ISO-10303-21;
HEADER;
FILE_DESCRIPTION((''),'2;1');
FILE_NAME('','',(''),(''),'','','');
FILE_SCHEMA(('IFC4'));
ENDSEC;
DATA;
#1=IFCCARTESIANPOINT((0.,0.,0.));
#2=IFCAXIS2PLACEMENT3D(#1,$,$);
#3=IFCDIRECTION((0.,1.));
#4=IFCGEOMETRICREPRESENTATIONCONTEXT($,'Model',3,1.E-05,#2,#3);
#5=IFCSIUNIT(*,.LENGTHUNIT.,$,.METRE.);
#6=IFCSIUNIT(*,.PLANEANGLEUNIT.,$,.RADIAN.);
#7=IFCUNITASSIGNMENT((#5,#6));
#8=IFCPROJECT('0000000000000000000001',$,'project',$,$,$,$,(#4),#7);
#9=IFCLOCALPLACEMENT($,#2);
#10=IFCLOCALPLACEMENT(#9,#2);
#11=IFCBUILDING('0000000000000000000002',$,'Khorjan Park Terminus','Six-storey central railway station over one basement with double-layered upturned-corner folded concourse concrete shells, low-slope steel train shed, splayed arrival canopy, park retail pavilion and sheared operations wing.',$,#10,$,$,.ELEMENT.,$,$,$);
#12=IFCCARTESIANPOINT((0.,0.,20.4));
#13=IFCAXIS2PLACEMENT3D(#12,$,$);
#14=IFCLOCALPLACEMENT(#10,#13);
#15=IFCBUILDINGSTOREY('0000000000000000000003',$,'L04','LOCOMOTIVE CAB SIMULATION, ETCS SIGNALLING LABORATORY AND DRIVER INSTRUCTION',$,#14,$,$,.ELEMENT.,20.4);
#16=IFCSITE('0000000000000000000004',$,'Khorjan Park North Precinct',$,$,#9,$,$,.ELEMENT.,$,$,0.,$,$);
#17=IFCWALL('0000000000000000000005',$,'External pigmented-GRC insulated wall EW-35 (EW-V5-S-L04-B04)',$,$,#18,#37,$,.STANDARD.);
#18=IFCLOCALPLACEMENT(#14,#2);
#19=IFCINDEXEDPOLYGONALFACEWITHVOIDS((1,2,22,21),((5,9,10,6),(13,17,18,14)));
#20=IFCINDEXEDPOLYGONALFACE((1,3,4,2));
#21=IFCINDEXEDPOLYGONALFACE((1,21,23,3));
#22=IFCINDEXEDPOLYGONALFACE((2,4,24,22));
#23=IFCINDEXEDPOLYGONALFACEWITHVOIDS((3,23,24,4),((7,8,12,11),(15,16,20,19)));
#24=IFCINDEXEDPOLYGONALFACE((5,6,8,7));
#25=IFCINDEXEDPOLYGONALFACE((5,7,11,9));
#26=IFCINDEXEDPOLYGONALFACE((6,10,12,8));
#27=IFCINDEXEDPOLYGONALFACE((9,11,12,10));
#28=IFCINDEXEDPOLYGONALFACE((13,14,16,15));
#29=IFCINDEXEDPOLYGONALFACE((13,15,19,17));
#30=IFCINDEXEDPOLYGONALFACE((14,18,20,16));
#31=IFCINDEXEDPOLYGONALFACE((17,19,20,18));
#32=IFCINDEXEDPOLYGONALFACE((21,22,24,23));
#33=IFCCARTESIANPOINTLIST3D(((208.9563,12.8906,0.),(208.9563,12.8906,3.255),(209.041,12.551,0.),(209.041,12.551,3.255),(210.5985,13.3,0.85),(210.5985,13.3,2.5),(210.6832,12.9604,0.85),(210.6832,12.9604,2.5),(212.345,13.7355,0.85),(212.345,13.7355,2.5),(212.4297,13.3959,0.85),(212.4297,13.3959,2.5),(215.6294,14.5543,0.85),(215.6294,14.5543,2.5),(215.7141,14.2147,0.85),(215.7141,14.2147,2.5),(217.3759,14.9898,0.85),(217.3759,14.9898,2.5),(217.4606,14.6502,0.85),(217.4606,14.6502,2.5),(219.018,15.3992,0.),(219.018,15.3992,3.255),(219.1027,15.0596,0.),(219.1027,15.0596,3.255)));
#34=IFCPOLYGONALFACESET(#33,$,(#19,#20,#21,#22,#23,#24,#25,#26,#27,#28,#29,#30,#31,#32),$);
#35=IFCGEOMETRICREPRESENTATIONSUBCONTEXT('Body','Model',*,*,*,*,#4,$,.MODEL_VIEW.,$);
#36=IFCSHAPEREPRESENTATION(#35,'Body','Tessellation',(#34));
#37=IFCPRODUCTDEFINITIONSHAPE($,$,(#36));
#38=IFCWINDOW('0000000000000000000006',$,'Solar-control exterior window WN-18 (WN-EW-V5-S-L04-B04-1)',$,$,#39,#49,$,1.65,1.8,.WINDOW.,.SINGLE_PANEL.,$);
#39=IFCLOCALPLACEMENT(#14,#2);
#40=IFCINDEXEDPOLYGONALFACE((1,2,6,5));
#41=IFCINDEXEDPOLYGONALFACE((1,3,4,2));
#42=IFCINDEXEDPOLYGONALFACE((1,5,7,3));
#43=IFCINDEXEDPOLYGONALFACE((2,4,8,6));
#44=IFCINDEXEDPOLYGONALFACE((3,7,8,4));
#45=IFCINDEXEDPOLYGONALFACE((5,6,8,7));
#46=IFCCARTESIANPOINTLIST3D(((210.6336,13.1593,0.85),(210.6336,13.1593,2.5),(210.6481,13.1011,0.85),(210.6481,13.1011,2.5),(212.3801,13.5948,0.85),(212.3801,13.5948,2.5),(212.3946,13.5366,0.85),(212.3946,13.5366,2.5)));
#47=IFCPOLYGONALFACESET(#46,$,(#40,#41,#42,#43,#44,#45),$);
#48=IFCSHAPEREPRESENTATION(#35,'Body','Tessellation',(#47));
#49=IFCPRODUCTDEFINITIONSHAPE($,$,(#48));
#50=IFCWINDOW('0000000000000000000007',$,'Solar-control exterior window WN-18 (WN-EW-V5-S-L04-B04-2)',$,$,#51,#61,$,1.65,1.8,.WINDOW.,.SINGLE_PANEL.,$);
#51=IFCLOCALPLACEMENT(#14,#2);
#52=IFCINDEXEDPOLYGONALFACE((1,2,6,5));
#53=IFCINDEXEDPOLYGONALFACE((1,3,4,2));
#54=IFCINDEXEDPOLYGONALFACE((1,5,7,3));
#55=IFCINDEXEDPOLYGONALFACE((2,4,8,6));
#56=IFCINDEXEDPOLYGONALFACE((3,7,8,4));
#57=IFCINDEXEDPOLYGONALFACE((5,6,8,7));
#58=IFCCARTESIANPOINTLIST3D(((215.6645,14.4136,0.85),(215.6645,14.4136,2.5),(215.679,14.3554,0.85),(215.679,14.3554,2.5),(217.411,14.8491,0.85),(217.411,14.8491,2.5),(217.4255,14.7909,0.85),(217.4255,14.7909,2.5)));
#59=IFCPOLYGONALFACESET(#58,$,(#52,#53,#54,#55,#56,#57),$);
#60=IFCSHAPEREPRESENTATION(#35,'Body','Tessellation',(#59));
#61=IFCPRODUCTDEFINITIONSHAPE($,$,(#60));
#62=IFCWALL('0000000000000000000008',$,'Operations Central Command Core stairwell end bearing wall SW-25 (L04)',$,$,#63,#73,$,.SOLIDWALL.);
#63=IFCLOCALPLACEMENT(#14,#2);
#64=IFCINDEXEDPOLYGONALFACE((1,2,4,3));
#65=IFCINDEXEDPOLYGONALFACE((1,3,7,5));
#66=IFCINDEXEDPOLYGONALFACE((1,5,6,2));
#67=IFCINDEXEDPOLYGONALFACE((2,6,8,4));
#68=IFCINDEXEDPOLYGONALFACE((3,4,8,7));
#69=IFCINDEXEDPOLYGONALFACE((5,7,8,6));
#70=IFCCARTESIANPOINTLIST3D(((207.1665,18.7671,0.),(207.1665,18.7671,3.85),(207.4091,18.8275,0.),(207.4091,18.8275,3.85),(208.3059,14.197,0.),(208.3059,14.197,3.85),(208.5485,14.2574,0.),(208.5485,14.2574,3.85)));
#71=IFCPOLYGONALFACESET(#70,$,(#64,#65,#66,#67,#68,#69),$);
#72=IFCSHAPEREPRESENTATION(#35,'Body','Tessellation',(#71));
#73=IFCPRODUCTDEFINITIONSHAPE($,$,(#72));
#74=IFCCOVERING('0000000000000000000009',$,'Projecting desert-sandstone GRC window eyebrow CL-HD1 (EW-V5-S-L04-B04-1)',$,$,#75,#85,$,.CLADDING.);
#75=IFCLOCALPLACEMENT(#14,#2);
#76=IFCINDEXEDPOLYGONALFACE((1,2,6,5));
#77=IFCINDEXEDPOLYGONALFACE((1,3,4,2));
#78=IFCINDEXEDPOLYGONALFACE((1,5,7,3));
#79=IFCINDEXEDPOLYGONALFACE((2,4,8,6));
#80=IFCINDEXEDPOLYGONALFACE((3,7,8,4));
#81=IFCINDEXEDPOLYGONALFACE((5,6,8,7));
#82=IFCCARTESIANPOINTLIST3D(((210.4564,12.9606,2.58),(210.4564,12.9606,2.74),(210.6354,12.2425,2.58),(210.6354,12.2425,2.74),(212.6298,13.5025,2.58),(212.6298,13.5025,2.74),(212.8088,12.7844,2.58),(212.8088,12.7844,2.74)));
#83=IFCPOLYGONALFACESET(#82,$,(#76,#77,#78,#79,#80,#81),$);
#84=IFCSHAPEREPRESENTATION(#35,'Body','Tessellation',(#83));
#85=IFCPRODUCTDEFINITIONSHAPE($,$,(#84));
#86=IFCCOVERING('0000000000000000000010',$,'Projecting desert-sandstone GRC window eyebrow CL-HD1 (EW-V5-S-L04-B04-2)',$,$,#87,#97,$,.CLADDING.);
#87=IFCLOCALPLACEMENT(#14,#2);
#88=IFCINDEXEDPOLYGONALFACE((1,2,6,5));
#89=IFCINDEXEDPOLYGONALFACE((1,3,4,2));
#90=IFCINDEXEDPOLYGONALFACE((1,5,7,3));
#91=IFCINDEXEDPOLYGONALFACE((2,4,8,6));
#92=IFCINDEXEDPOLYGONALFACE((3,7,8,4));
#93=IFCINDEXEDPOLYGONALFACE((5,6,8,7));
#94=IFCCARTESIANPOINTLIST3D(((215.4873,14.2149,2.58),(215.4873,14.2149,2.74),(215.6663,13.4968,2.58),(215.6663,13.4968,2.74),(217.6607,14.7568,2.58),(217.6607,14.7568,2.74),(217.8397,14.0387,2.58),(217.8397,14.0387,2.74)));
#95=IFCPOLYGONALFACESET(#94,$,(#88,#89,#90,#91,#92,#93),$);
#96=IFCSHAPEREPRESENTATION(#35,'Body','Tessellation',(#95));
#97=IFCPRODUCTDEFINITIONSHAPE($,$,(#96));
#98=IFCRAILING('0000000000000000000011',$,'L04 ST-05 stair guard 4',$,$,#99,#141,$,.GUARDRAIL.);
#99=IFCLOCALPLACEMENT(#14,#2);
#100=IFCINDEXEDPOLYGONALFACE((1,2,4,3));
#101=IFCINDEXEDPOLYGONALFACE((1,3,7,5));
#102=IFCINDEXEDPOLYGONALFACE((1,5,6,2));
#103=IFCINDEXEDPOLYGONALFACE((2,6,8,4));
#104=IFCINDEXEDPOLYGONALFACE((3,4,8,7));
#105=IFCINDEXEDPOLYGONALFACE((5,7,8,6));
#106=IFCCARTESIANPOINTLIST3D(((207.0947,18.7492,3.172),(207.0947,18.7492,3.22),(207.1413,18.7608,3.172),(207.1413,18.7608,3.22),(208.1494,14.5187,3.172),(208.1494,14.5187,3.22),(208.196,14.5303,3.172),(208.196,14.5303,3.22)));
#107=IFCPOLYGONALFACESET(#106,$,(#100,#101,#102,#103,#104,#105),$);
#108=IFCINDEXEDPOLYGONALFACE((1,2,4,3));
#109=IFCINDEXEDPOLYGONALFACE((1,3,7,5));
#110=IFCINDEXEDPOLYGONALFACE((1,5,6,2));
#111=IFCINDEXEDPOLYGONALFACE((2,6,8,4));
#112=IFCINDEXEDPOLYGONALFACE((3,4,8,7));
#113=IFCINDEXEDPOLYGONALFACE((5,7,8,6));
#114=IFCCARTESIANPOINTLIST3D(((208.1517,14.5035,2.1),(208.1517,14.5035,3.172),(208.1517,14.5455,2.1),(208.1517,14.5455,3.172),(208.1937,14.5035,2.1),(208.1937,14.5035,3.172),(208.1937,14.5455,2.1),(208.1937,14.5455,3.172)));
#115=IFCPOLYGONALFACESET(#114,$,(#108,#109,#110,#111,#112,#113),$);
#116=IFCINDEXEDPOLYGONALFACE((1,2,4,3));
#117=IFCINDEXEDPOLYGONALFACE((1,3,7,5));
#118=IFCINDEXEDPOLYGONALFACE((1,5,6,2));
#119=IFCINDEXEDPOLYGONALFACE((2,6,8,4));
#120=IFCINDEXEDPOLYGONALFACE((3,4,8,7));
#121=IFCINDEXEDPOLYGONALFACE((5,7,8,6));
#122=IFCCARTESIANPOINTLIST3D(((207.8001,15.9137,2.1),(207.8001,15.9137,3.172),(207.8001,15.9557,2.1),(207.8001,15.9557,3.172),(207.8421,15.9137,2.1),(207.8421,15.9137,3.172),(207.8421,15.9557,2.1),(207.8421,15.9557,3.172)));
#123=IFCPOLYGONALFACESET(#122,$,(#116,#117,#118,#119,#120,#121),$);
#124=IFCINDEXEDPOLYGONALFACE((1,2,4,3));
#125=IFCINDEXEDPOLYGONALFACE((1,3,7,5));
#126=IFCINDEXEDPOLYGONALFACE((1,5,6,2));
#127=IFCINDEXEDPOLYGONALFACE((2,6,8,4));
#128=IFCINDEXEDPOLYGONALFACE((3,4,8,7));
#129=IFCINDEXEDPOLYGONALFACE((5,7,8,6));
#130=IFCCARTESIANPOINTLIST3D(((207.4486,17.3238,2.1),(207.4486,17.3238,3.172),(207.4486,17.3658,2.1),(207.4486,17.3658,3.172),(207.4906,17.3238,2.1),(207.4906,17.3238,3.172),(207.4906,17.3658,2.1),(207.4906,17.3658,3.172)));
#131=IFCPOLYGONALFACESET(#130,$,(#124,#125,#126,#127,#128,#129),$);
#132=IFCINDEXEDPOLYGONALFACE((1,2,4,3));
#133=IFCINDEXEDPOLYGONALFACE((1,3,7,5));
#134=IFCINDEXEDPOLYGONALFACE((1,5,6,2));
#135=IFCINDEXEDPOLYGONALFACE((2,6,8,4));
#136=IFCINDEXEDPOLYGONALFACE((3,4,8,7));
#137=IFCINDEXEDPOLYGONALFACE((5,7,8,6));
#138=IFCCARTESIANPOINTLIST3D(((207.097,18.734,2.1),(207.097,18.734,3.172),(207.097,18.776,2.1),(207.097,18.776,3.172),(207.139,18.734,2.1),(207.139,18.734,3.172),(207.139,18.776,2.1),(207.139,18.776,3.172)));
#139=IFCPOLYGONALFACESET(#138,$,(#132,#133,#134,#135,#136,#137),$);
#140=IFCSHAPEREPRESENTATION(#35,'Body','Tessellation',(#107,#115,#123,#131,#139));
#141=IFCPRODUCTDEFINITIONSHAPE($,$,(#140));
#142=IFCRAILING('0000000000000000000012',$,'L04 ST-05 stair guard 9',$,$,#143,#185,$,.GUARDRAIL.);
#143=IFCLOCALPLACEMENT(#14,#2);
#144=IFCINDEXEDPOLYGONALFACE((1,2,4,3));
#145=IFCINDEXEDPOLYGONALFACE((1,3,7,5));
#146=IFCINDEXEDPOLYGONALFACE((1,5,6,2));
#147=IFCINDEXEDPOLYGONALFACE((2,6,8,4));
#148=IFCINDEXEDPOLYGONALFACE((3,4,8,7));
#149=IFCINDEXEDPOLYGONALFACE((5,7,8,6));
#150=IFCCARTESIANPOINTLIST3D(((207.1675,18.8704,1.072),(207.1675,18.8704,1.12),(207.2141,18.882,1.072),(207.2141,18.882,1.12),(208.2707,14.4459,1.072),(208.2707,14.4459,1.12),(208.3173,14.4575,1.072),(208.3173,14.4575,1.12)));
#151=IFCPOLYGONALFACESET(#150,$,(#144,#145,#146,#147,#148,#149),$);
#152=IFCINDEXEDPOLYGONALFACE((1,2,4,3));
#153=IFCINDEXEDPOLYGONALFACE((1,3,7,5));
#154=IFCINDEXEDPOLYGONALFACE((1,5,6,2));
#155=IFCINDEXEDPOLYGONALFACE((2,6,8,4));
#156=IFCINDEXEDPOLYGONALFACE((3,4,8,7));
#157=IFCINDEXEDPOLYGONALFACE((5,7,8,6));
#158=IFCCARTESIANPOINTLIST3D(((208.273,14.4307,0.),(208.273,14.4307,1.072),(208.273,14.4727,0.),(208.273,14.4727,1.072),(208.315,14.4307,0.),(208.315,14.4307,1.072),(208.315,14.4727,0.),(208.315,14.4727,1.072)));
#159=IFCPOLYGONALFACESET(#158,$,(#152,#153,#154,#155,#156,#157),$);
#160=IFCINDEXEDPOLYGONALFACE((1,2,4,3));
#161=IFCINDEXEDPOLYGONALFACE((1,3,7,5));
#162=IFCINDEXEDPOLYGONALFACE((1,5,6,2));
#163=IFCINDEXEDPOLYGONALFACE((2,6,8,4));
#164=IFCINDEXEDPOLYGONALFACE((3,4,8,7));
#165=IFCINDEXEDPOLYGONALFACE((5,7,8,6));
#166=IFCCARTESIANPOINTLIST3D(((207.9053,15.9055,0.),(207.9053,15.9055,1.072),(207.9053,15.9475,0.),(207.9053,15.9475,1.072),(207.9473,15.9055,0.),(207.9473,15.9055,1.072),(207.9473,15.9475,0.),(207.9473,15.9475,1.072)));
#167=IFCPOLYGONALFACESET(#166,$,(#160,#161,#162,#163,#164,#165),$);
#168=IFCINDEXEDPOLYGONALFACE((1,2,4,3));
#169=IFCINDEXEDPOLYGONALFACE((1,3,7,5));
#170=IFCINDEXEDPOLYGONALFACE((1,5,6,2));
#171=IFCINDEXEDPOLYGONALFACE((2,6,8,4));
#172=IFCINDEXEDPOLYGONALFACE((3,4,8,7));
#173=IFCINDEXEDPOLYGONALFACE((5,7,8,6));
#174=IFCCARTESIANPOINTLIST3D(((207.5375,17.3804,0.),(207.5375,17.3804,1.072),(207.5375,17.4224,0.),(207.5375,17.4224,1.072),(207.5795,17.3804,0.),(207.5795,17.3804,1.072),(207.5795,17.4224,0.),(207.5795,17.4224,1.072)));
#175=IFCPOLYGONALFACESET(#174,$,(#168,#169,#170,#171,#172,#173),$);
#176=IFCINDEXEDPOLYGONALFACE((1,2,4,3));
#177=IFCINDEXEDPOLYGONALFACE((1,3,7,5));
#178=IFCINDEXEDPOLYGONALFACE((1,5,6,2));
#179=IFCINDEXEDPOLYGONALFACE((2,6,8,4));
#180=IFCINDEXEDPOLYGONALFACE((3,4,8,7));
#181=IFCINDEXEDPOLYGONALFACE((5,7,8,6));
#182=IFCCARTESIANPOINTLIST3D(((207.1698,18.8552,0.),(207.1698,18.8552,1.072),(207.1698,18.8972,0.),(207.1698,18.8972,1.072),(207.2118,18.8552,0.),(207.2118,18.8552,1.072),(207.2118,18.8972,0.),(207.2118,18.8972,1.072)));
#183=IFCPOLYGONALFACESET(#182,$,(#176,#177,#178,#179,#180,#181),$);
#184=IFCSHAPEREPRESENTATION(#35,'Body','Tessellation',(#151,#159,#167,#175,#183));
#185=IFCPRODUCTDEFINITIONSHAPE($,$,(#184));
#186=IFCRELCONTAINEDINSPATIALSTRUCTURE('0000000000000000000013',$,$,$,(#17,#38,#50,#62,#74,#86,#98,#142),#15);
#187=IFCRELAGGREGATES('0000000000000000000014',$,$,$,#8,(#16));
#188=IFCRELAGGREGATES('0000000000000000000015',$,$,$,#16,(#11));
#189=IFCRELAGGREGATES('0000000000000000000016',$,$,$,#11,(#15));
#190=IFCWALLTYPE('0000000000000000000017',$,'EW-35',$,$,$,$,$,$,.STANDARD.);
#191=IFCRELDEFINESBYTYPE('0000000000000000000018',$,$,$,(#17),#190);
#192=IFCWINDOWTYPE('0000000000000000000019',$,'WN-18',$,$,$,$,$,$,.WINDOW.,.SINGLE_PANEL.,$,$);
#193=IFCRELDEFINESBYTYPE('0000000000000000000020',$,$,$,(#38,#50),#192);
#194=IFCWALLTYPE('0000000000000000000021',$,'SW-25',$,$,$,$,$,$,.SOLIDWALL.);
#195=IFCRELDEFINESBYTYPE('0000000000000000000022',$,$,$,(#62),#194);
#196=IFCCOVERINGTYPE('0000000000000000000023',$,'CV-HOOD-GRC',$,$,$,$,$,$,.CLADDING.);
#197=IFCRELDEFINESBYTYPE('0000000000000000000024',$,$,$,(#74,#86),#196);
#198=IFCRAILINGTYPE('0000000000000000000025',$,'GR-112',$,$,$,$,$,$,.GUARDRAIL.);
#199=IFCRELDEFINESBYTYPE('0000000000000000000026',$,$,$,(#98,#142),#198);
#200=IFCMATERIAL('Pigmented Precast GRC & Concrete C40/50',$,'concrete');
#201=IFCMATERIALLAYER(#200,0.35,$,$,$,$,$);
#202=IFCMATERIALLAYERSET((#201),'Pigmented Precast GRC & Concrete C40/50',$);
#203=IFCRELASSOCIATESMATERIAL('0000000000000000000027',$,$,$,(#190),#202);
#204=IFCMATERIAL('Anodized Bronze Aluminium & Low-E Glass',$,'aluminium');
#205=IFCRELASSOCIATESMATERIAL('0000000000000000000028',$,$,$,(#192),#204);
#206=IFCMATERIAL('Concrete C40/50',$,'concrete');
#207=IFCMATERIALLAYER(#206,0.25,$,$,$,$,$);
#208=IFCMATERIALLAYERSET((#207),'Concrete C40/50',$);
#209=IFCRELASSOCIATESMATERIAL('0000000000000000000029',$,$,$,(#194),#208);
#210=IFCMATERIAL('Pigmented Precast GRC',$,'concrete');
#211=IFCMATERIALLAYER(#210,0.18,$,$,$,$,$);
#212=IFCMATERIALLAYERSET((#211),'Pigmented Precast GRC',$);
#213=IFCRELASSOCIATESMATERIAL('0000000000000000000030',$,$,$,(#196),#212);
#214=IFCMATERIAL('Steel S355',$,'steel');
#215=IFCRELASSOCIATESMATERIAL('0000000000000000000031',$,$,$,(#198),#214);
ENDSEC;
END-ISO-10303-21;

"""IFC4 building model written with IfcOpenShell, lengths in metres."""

from ifc_helpers import new_model, si_unit, direction, frame, frame_2d, origin, origin_2d, place, context, subcontext, project, spatial, rectangle, extrude, material, layer, layer_set, type_object, element, fill, save


model = new_model("IFC4")

# Units and contexts
model_context = context("Model", 3, precision=1e-05, world=origin(), true_north=direction((0.0, 1.0)))
body_context = subcontext(model_context, "Body", "Model", "MODEL_VIEW")
ifc_project = project(units=[si_unit("LENGTHUNIT", "METRE"), si_unit("PLANEANGLEUNIT", "RADIAN")], contexts=[model_context])

# Site, building, storey
site_placement = place(None, origin())
site = spatial("IfcSite", under=ifc_project, at=site_placement, Name="Khorjan Park North Precinct", CompositionType="ELEMENT", RefElevation=0.0)
building_placement = place(site_placement, origin())
building = spatial("IfcBuilding", under=site, at=building_placement, Name="Khorjan Park Terminus", Description="Six-storey central railway station over one basement with double-layered upturned-corner folded concourse concrete shells, low-slope steel train shed, splayed arrival canopy, park retail pavilion and sheared operations wing.", CompositionType="ELEMENT")
storey_placement = place(building_placement, frame((0.0, 0.0, 20.4)))
storey = spatial("IfcBuildingStorey", under=building, at=storey_placement, Name="L04", Description="LOCOMOTIVE CAB SIMULATION, ETCS SIGNALLING LABORATORY AND DRIVER INSTRUCTION", CompositionType="ELEMENT", Elevation=20.4)

# Shared definitions
ifc_material_1 = material(Name="Steel S355", Category="steel")

# Wall, openings, windows
ifc_material_2 = material(Name="Pigmented Precast GRC & Concrete C40/50", Category="concrete")
ifc_layer_1 = layer(ifc_material_2, 0.35)
ifc_layer_set_1 = layer_set([ifc_layer_1], Name="Pigmented Precast GRC & Concrete C40/50")
wall_type_1 = type_object("IfcWallType", Name="EW-35", PredefinedType="STANDARD", material=ifc_layer_set_1)
wall_1_placement = place(storey_placement, frame((208.9987, 12.7208, 0.0), z_axis=(0.0, 0.0, 1.0), x_axis=(0.970297, 0.241916, 0.0)))
wall_1 = element("IfcWall", 1, at=wall_1_placement, inside=storey, type_object=wall_type_1, Name="External pigmented-GRC insulated wall EW-35 (EW-V5-S-L04-B04)", PredefinedType="STANDARD", context=body_context, shape_type="SweptSolid", body=[
    extrude(rectangle(XDim=10.3697, YDim=0.35, at=frame_2d((5.1848, 0.0))), origin(), (0.0, 0.0, 1.0), 3.255),
])
opening_1_placement = place(wall_1_placement, frame((1.6924, 0.0, 0.85)))
opening_1 = element("IfcOpeningElement", 2, at=opening_1_placement, cuts=wall_1, PredefinedType="OPENING", context=body_context, shape_type="SweptSolid", body=[
    extrude(rectangle(XDim=1.8, YDim=1.65, at=frame_2d((0.9, 0.825))), frame((0.0, 0.185, 0.0), z_axis=(0.0, -1.0, 0.0), x_axis=(1.0, 0.0, 0.0)), (0.0, 0.0, 1.0), 0.37),
])
opening_2_placement = place(wall_1_placement, frame((6.8773, 0.0, 0.85)))
opening_2 = element("IfcOpeningElement", 3, at=opening_2_placement, cuts=wall_1, PredefinedType="OPENING", context=body_context, shape_type="SweptSolid", body=[
    extrude(rectangle(XDim=1.8, YDim=1.65, at=frame_2d((0.9, 0.825))), frame((0.0, 0.185, 0.0), z_axis=(0.0, -1.0, 0.0), x_axis=(1.0, 0.0, 0.0)), (0.0, 0.0, 1.0), 0.37),
])
ifc_material_3 = material(Name="Anodized Bronze Aluminium & Low-E Glass", Category="aluminium")
window_type = type_object("IfcWindowType", Name="WN-18", PartitioningType="SINGLE_PANEL", PredefinedType="WINDOW", material=ifc_material_3)
window_1_placement = place(opening_1_placement, origin())
window_1 = element("IfcWindow", 4, at=window_1_placement, inside=storey, type_object=window_type, Name="Solar-control exterior window WN-18 (WN-EW-V5-S-L04-B04-1)", OverallHeight=1.65, OverallWidth=1.8, PartitioningType="SINGLE_PANEL", PredefinedType="WINDOW", context=body_context, shape_type="SweptSolid", body=[
    extrude(rectangle(XDim=1.8, YDim=1.65, at=frame_2d((0.9, 0.825))), frame((0.0, 0.03, 0.0), z_axis=(0.0, -1.0, 0.0), x_axis=(1.0, 0.0, 0.0)), (0.0, 0.0, 1.0), 0.06),
])
fill(opening_1, window_1)
window_2_placement = place(opening_2_placement, origin())
window_2 = element("IfcWindow", 5, at=window_2_placement, inside=storey, type_object=window_type, Name="Solar-control exterior window WN-18 (WN-EW-V5-S-L04-B04-2)", OverallHeight=1.65, OverallWidth=1.8, PartitioningType="SINGLE_PANEL", PredefinedType="WINDOW", context=body_context, shape_type="SweptSolid", body=[
    extrude(rectangle(XDim=1.8, YDim=1.65, at=frame_2d((0.9, 0.825))), frame((0.0, 0.03, 0.0), z_axis=(0.0, -1.0, 0.0), x_axis=(1.0, 0.0, 0.0)), (0.0, 0.0, 1.0), 0.06),
])
fill(opening_2, window_2)

# Wall
ifc_material_4 = material(Name="Concrete C40/50", Category="concrete")
ifc_layer_2 = layer(ifc_material_4, 0.25)
ifc_layer_set_2 = layer_set([ifc_layer_2], Name="Concrete C40/50")
wall_type_2 = type_object("IfcWallType", Name="SW-25", PredefinedType="SOLIDWALL", material=ifc_layer_set_2)
wall_2_placement = place(storey_placement, frame((208.4272, 14.2272, 0.0), z_axis=(0.0, 0.0, 1.0), x_axis=(-0.241911, 0.970298, 0.0)))
element("IfcWall", 6, at=wall_2_placement, inside=storey, type_object=wall_type_2, Name="Operations Central Command Core stairwell end bearing wall SW-25 (L04)", PredefinedType="SOLIDWALL", context=body_context, shape_type="SweptSolid", body=[
    extrude(rectangle(XDim=4.71, YDim=0.25, at=frame_2d((2.355, 0.0))), origin(), (0.0, 0.0, 1.0), 3.85),
])

# Coverings
ifc_material_5 = material(Name="Pigmented Precast GRC", Category="concrete")
ifc_layer_3 = layer(ifc_material_5, 0.18)
ifc_layer_set_3 = layer_set([ifc_layer_3], Name="Pigmented Precast GRC")
covering_type = type_object("IfcCoveringType", Name="CV-HOOD-GRC", PredefinedType="CLADDING", material=ifc_layer_set_3)
for number, where, z_axis, x_axis, name in (
    (7, (211.6326, 12.8725, 2.58), (0.0, 0.0, 1.0), (0.970297, 0.241916, 0.0), "Projecting desert-sandstone GRC window eyebrow CL-HD1 (EW-V5-S-L04-B04-1)"),
    (8, (216.6635, 14.1268, 2.58), (0.0, 0.0, 1.0), (0.970297, 0.241916, 0.0), "Projecting desert-sandstone GRC window eyebrow CL-HD1 (EW-V5-S-L04-B04-2)"),
):
    element("IfcCovering", number, at=place(storey_placement, frame(where, z_axis=z_axis, x_axis=x_axis)), inside=storey, type_object=covering_type, Name=name, PredefinedType="CLADDING", context=body_context, shape_type="SweptSolid", body=[
        extrude(rectangle(XDim=2.24, YDim=0.74, at=origin_2d()), origin(), (0.0, 0.0, 1.0), 0.16),
    ])

# Railings
railing_type = type_object("IfcRailingType", Name="GR-112", PredefinedType="GUARDRAIL", material=ifc_material_1)
railing_1_placement = place(storey_placement, frame((208.1727, 14.5245, 2.1)))
element("IfcRailing", 9, at=railing_1_placement, inside=storey, type_object=railing_type, Name="L04 ST-05 stair guard 4", PredefinedType="GUARDRAIL", context=body_context, shape_type="SweptSolid", body=[
    extrude(rectangle(XDim=0.048, YDim=0.048, at=origin_2d()), frame((0.0, 0.0, 1.096), z_axis=(-0.241904, 0.9703, 0.0), x_axis=(-0.9703, -0.241904, 0.0)), (0.0, 0.0, 1.0), 4.36),
    extrude(rectangle(XDim=0.042, YDim=0.042, at=origin_2d()), origin(), (0.0, 0.0, 1.0), 1.072),
    extrude(rectangle(XDim=0.042, YDim=0.042, at=origin_2d()), frame((-0.3516, 1.4102, 0.0)), (0.0, 0.0, 1.0), 1.072),
    extrude(rectangle(XDim=0.042, YDim=0.042, at=origin_2d()), frame((-0.7031, 2.8203, 0.0)), (0.0, 0.0, 1.0), 1.072),
    extrude(rectangle(XDim=0.042, YDim=0.042, at=origin_2d()), frame((-1.0547, 4.2305, 0.0)), (0.0, 0.0, 1.0), 1.072),
])
railing_2_placement = place(storey_placement, frame((208.294, 14.4517, 0.0)))
element("IfcRailing", 10, at=railing_2_placement, inside=storey, type_object=railing_type, Name="L04 ST-05 stair guard 9", PredefinedType="GUARDRAIL", context=body_context, shape_type="SweptSolid", body=[
    extrude(rectangle(XDim=0.048, YDim=0.048, at=origin_2d()), frame((0.0, 0.0, 1.096), z_axis=(-0.241932, 0.970293, 0.0), x_axis=(-0.970293, -0.241932, 0.0)), (0.0, 0.0, 1.0), 4.56),
    extrude(rectangle(XDim=0.042, YDim=0.042, at=origin_2d()), origin(), (0.0, 0.0, 1.0), 1.072),
    extrude(rectangle(XDim=0.042, YDim=0.042, at=origin_2d()), frame((-0.3677, 1.4748, 0.0)), (0.0, 0.0, 1.0), 1.072),
    extrude(rectangle(XDim=0.042, YDim=0.042, at=origin_2d()), frame((-0.7355, 2.9497, 0.0)), (0.0, 0.0, 1.0), 1.072),
    extrude(rectangle(XDim=0.042, YDim=0.042, at=origin_2d()), frame((-1.1032, 4.4245, 0.0)), (0.0, 0.0, 1.0), 1.072),
])

save(model, "model.ifc")
